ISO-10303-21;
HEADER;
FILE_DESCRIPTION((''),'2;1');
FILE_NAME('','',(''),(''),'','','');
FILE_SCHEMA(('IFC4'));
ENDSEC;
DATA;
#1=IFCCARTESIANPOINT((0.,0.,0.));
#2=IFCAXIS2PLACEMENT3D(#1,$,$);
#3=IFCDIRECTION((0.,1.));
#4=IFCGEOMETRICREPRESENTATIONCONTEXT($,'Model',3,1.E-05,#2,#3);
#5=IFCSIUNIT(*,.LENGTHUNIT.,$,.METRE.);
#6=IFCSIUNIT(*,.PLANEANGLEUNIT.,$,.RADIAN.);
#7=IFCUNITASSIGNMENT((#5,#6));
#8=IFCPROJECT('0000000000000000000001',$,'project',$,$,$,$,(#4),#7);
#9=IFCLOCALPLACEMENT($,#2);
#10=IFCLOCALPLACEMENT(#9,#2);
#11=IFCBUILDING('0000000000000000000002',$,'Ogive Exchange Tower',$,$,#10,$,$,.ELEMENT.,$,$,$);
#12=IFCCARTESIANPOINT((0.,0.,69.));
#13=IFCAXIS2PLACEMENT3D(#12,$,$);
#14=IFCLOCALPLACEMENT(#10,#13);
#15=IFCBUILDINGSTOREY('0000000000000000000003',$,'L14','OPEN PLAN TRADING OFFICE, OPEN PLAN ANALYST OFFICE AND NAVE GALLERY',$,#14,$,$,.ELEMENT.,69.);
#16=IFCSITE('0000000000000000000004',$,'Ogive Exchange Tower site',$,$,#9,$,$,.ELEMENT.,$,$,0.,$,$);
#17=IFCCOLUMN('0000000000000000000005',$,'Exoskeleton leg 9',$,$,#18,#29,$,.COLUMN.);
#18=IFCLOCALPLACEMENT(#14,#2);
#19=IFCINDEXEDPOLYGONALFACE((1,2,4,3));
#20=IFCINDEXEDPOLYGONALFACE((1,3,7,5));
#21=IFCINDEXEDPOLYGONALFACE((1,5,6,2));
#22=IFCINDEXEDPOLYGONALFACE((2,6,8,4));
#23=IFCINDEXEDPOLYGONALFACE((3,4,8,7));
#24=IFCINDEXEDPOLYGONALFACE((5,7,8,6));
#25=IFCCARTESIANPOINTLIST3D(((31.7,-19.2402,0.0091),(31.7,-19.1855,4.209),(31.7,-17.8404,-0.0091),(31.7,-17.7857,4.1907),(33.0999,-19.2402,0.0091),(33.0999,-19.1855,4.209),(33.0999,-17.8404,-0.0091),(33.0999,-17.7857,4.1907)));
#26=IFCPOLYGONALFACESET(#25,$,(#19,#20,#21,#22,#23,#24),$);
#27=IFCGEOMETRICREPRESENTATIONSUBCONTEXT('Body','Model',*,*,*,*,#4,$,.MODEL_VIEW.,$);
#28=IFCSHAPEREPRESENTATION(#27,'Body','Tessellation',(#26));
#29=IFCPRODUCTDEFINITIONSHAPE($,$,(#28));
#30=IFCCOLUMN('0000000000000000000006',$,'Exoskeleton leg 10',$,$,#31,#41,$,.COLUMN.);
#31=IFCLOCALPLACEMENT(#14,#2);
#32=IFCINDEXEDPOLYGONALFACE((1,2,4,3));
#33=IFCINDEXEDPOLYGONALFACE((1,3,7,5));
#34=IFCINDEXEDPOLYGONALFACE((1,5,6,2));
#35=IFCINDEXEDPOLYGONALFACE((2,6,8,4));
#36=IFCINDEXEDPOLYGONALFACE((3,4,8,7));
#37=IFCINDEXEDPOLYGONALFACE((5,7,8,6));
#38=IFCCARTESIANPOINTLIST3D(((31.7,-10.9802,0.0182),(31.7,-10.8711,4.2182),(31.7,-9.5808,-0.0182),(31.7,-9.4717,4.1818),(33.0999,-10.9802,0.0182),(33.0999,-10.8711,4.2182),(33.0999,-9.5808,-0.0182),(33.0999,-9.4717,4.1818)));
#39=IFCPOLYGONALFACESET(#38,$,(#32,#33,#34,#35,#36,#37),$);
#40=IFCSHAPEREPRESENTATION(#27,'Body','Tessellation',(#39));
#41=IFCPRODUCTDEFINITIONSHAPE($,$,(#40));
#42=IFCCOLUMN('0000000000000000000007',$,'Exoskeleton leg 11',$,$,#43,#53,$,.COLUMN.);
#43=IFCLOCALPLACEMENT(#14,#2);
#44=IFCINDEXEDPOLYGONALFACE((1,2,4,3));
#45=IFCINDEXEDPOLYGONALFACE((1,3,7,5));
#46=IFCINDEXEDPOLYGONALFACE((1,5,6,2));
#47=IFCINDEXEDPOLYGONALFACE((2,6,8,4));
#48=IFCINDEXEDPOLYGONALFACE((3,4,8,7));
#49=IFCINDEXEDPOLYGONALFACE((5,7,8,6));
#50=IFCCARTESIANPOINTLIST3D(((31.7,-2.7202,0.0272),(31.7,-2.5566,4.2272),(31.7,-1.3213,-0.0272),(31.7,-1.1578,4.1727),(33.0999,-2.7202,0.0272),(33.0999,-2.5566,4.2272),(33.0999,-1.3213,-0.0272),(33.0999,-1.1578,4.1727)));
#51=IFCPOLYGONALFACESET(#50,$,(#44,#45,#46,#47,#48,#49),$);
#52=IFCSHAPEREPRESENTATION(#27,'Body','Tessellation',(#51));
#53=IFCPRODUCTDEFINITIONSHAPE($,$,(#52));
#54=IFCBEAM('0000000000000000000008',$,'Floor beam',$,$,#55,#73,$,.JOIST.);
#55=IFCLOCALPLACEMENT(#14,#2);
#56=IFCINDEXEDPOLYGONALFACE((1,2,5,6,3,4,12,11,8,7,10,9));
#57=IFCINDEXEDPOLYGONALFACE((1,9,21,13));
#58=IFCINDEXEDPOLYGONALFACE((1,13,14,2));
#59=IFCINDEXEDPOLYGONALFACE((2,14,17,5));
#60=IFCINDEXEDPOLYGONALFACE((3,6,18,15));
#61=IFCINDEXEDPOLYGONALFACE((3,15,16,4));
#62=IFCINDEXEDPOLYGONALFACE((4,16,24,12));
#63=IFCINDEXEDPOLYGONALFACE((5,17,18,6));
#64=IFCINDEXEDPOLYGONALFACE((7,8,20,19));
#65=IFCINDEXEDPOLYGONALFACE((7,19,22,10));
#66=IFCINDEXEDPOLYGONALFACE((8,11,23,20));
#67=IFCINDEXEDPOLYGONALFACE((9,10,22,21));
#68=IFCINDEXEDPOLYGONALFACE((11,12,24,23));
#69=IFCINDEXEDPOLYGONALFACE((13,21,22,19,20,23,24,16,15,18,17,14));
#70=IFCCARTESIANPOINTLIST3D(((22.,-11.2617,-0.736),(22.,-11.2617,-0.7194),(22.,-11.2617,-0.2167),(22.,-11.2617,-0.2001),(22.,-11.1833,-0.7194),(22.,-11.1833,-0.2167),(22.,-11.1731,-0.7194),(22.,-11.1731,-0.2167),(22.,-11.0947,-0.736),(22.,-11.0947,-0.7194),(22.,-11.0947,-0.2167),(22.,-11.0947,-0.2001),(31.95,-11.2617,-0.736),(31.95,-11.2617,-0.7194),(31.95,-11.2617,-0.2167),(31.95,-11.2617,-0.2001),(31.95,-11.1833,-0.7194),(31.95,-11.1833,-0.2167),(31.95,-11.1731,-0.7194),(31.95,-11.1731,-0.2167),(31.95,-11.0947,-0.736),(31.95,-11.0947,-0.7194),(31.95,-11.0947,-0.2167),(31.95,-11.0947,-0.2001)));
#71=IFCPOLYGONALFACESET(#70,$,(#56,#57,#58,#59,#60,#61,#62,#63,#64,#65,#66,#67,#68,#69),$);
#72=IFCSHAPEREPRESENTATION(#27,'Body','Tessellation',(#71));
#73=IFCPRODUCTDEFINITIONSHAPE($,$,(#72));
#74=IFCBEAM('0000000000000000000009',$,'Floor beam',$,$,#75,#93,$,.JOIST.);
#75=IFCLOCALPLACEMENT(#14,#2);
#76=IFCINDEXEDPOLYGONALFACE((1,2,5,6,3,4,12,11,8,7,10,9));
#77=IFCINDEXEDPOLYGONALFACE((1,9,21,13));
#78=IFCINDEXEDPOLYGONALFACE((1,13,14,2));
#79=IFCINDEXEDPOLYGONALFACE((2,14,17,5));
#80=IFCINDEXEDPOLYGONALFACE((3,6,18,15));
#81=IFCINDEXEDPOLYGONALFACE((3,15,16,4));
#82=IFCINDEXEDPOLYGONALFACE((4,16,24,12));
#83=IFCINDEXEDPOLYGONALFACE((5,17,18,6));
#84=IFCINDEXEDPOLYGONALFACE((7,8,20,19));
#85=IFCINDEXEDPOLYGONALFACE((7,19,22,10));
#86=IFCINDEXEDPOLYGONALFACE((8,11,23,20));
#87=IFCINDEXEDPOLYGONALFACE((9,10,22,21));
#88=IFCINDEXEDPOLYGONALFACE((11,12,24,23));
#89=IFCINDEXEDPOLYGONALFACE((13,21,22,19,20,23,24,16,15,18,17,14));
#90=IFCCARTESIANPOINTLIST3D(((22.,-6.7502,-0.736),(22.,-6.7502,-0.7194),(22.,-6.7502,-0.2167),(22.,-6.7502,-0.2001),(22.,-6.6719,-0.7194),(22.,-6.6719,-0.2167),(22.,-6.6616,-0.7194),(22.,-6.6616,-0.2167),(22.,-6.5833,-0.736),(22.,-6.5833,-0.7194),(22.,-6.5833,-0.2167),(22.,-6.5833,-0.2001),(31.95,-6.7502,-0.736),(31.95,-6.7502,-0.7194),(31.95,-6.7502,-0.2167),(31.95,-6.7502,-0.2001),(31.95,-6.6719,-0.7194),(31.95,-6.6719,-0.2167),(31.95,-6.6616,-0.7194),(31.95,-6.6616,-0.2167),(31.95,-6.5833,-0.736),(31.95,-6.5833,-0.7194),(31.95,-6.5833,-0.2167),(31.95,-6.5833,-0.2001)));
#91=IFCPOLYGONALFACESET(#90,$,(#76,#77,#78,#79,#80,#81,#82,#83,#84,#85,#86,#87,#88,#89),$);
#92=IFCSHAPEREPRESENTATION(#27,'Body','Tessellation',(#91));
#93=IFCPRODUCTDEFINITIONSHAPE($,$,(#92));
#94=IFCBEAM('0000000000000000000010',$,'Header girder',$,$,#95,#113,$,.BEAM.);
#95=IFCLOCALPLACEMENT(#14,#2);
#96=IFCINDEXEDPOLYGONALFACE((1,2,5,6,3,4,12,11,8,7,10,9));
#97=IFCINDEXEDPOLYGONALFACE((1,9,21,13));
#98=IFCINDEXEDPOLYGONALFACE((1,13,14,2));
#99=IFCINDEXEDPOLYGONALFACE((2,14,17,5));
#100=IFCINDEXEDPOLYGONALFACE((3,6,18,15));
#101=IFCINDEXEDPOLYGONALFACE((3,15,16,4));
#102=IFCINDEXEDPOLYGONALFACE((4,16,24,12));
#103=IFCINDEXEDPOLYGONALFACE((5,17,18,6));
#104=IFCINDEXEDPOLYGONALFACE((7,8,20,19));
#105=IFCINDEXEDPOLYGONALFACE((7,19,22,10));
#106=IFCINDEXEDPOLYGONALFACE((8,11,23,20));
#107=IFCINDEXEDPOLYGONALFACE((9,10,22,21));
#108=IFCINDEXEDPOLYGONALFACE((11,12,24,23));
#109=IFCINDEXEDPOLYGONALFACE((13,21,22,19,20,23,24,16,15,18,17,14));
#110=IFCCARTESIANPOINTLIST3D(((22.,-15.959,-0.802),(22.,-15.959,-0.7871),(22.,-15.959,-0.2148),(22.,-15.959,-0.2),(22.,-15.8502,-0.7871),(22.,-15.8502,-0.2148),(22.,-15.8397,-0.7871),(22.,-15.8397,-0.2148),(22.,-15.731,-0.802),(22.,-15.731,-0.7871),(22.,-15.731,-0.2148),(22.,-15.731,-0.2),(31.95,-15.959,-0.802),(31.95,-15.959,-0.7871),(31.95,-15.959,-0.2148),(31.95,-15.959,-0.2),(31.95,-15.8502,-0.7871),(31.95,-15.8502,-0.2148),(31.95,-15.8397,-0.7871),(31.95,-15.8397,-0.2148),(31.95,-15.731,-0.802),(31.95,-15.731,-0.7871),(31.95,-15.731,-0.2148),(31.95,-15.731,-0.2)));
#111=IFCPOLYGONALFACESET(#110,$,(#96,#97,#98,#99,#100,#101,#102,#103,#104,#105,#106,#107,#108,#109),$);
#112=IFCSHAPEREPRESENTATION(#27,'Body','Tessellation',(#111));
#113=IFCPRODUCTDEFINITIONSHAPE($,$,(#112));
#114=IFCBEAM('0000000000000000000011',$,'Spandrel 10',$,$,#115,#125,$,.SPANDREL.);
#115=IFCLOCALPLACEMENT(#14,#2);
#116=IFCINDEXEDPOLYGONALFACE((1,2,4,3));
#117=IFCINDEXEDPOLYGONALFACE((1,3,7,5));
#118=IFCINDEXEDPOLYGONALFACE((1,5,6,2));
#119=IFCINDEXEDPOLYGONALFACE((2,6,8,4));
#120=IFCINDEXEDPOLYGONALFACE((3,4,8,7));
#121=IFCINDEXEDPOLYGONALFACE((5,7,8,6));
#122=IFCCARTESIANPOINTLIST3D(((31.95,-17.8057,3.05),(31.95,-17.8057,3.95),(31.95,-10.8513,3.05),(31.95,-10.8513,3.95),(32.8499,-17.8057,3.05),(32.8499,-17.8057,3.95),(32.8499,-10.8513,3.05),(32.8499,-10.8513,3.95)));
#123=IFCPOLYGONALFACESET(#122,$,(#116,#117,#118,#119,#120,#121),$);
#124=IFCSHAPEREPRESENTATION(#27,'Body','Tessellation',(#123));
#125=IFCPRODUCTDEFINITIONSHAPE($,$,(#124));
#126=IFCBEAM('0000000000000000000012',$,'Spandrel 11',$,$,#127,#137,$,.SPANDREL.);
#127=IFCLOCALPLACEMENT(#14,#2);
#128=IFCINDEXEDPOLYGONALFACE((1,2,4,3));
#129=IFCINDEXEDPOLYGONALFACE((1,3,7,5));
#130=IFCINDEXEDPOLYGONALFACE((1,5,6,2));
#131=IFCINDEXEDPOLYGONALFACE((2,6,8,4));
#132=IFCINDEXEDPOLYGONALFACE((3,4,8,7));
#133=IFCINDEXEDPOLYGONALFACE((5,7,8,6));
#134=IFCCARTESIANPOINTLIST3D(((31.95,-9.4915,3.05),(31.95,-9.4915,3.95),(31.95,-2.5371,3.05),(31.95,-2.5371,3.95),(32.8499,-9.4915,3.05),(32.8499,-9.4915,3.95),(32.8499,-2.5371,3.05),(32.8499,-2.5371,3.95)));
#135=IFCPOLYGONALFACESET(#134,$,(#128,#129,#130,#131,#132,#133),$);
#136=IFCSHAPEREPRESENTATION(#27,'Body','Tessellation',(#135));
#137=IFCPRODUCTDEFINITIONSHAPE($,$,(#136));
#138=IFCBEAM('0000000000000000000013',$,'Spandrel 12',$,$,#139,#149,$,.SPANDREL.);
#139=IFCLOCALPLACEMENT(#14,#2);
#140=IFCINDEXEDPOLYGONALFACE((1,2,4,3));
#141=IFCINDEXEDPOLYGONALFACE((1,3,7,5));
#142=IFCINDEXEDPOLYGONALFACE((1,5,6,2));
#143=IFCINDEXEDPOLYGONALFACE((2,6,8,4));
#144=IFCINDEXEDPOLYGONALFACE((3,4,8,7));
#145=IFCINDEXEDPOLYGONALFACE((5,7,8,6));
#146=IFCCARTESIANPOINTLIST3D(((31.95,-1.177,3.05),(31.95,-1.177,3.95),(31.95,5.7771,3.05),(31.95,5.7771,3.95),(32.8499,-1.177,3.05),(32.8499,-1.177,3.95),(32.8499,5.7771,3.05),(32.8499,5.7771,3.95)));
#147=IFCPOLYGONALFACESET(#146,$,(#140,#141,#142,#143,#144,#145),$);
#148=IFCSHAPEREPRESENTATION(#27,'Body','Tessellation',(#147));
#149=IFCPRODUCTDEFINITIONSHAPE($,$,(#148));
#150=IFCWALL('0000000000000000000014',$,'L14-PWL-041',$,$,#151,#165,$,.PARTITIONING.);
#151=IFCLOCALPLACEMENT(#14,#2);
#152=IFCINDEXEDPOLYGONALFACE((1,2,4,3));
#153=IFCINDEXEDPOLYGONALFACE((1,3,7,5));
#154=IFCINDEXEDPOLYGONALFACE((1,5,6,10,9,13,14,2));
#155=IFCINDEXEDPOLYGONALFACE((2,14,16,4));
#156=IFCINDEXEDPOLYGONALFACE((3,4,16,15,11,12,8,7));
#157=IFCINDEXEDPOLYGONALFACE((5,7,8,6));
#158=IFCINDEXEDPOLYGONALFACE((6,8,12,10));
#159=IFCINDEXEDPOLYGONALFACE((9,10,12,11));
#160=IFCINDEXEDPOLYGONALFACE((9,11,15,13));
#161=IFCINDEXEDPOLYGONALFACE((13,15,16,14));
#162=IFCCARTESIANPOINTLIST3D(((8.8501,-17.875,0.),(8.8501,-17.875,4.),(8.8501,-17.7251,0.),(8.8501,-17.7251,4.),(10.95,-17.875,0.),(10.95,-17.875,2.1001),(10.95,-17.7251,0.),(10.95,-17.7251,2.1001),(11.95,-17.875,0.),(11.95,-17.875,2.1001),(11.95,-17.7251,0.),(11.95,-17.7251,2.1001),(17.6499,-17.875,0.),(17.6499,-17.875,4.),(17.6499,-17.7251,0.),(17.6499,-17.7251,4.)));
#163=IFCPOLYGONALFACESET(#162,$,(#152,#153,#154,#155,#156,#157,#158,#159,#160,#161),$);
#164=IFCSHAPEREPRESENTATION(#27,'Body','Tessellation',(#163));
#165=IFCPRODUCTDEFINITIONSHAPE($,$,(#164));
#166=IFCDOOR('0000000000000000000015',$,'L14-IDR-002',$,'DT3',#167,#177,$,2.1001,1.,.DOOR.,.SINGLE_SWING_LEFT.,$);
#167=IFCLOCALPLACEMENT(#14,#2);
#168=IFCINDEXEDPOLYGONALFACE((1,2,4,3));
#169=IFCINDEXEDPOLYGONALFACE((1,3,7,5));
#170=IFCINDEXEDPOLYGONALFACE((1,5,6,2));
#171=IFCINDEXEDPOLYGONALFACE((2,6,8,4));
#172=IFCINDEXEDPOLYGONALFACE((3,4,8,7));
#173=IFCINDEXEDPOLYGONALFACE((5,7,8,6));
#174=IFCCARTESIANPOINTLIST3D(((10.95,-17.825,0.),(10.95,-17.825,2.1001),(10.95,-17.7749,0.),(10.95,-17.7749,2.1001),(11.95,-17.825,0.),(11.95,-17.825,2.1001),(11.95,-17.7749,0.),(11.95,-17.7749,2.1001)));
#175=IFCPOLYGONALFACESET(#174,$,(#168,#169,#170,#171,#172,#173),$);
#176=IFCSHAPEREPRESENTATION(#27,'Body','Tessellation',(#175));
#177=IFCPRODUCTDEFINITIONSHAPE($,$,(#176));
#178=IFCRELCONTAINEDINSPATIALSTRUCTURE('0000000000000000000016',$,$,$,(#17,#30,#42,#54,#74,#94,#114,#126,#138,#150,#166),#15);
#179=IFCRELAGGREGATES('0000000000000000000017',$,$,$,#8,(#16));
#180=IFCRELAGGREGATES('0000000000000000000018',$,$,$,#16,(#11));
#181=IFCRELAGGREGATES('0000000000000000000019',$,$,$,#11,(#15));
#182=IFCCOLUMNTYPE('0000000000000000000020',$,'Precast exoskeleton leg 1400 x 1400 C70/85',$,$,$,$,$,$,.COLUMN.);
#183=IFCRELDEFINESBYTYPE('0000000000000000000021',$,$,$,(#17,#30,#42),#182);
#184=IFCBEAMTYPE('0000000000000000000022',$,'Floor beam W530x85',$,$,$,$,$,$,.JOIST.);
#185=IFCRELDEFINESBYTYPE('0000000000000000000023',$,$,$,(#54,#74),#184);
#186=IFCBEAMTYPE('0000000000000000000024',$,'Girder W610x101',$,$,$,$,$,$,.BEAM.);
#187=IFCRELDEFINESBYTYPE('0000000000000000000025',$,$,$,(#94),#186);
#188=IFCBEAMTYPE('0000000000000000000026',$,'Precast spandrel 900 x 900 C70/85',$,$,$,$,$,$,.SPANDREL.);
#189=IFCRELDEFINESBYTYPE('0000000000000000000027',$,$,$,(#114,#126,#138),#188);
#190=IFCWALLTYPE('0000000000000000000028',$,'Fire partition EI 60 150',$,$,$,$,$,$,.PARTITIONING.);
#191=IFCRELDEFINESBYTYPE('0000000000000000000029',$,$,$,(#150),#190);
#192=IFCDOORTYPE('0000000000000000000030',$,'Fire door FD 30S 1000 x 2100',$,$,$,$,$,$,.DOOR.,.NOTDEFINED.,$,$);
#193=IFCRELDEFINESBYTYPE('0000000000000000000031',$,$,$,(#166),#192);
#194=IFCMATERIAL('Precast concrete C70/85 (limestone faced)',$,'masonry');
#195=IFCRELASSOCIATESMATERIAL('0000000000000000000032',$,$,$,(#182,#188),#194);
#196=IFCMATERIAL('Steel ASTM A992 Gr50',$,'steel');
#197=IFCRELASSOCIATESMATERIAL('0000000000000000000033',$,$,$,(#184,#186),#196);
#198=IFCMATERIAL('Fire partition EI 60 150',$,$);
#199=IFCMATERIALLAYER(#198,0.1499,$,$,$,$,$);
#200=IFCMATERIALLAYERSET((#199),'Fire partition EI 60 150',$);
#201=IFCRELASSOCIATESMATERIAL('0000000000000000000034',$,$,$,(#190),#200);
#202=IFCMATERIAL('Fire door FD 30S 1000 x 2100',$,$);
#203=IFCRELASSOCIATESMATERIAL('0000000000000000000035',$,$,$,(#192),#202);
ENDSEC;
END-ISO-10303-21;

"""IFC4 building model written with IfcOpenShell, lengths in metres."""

from ifc_helpers import new_model, si_unit, direction, frame, frame_2d, origin, origin_2d, place, context, subcontext, project, spatial, rectangle, i_section, extrude, material, layer, layer_set, material_profile, profile_set, type_object, element, fill, save


model = new_model("IFC4")

# Units and contexts
model_context = context("Model", 3, precision=1e-05, world=origin(), true_north=direction((0.0, 1.0)))
body_context = subcontext(model_context, "Body", "Model", "MODEL_VIEW")
ifc_project = project(units=[si_unit("LENGTHUNIT", "METRE"), si_unit("PLANEANGLEUNIT", "RADIAN")], contexts=[model_context])

# Site, building, storey
site_placement = place(None, origin())
site = spatial("IfcSite", under=ifc_project, at=site_placement, Name="Ogive Exchange Tower site", CompositionType="ELEMENT", RefElevation=0.0)
building_placement = place(site_placement, origin())
building = spatial("IfcBuilding", under=site, at=building_placement, Name="Ogive Exchange Tower", CompositionType="ELEMENT")
storey_placement = place(building_placement, frame((0.0, 0.0, 69.0)))
storey = spatial("IfcBuildingStorey", under=building, at=storey_placement, Name="L14", Description="OPEN PLAN TRADING OFFICE, OPEN PLAN ANALYST OFFICE AND NAVE GALLERY", CompositionType="ELEMENT", Elevation=69.0)

# Columns
ifc_material_1 = material(Name="Precast concrete C70/85 (limestone faced)", Category="masonry")
ifc_material_profile_1 = material_profile(ifc_material_1, rectangle(XDim=1.3999, YDim=1.3999, at=origin_2d()), Name="1400 x 1400")
ifc_profile_set_1 = profile_set([ifc_material_profile_1], Name="Precast concrete C70/85 (limestone faced)")
column_type = type_object("IfcColumnType", Name="Precast exoskeleton leg 1400 x 1400 C70/85", PredefinedType="COLUMN", material=ifc_profile_set_1)
column_1_placement = place(storey_placement, frame((32.3999, -18.5403, 0.0), z_axis=(0.0, 0.01302, 0.999915), x_axis=(-1.0, 0.0, 0.0)))
element("IfcColumn", 1, at=column_1_placement, inside=storey, type_object=column_type, Name="Exoskeleton leg 9", PredefinedType="COLUMN", context=body_context, shape_type="SweptSolid", body=[
    extrude(rectangle(XDim=1.3999, YDim=1.3999, at=origin_2d()), origin(), (0.0, 0.0, 1.0), 4.2002),
])
column_2_placement = place(storey_placement, frame((32.3999, -10.2805, 0.0), z_axis=(0.0, 0.025975, 0.999663), x_axis=(-1.0, 0.0, 0.0)))
element("IfcColumn", 2, at=column_2_placement, inside=storey, type_object=column_type, Name="Exoskeleton leg 10", PredefinedType="COLUMN", context=body_context, shape_type="SweptSolid", body=[
    extrude(rectangle(XDim=1.3999, YDim=1.3999, at=origin_2d()), origin(), (0.0, 0.0, 1.0), 4.2014),
])
column_3_placement = place(storey_placement, frame((32.3999, -2.0208, 0.0), z_axis=(0.0, 0.038917, 0.999242), x_axis=(-1.0, 0.0, 0.0)))
element("IfcColumn", 3, at=column_3_placement, inside=storey, type_object=column_type, Name="Exoskeleton leg 11", PredefinedType="COLUMN", context=body_context, shape_type="SweptSolid", body=[
    extrude(rectangle(XDim=1.3999, YDim=1.3999, at=origin_2d()), origin(), (0.0, 0.0, 1.0), 4.2031),
])

# Beams
ifc_material_2 = material(Name="Steel ASTM A992 Gr50", Category="steel")
ifc_material_profile_2 = material_profile(ifc_material_2, i_section(OverallWidth=0.167, OverallDepth=0.5359, WebThickness=0.0103, FlangeThickness=0.0166, at=origin_2d()), Name="W530x85")
ifc_profile_set_2 = profile_set([ifc_material_profile_2], Name="Steel ASTM A992 Gr50")
beam_type_1 = type_object("IfcBeamType", Name="Floor beam W530x85", PredefinedType="JOIST", material=ifc_profile_set_2)
for number, where, z_axis, x_axis, name in (
    (4, (22.0, -11.1782, -0.468), (1.0, 0.0, 0.0), (0.0, 1.0, 0.0), "Floor beam"),
    (5, (22.0, -6.6667, -0.468), (1.0, 0.0, 0.0), (0.0, 1.0, 0.0), "Floor beam"),
):
    element("IfcBeam", number, at=place(storey_placement, frame(where, z_axis=z_axis, x_axis=x_axis)), inside=storey, type_object=beam_type_1, Name=name, PredefinedType="JOIST", context=body_context, shape_type="SweptSolid", body=[
        extrude(i_section(OverallWidth=0.167, OverallDepth=0.5359, WebThickness=0.0103, FlangeThickness=0.0166, at=origin_2d()), origin(), (0.0, 0.0, 1.0), 9.95),
    ])
ifc_material_profile_3 = material_profile(ifc_material_2, i_section(OverallWidth=0.228, OverallDepth=0.6021, WebThickness=0.0105, FlangeThickness=0.0149, at=origin_2d()), Name="W610x101")
ifc_profile_set_3 = profile_set([ifc_material_profile_3], Name="Steel ASTM A992 Gr50")
beam_type_2 = type_object("IfcBeamType", Name="Girder W610x101", PredefinedType="BEAM", material=ifc_profile_set_3)
beam_1_placement = place(storey_placement, frame((22.0, -15.845, -0.501), z_axis=(1.0, 0.0, 0.0), x_axis=(0.0, 1.0, 0.0)))
element("IfcBeam", 6, at=beam_1_placement, inside=storey, type_object=beam_type_2, Name="Header girder", PredefinedType="BEAM", context=body_context, shape_type="SweptSolid", body=[
    extrude(i_section(OverallWidth=0.228, OverallDepth=0.6021, WebThickness=0.0105, FlangeThickness=0.0149, at=origin_2d()), origin(), (0.0, 0.0, 1.0), 9.95),
])
ifc_material_profile_4 = material_profile(ifc_material_1, rectangle(XDim=0.8999, YDim=0.8999, at=origin_2d()), Name="900 x 900")
ifc_profile_set_4 = profile_set([ifc_material_profile_4], Name="Precast concrete C70/85 (limestone faced)")
beam_type_3 = type_object("IfcBeamType", Name="Precast spandrel 900 x 900 C70/85", PredefinedType="SPANDREL", material=ifc_profile_set_4)
for number, where, z_axis, x_axis, name in (
    (7, (32.3999, -17.8057, 3.5), (0.0, 1.0, 0.0), (-1.0, 0.0, 0.0), "Spandrel 10"),
    (8, (32.3999, -9.4915, 3.5), (0.0, 1.0, 0.0), (-1.0, 0.0, 0.0), "Spandrel 11"),
):
    element("IfcBeam", number, at=place(storey_placement, frame(where, z_axis=z_axis, x_axis=x_axis)), inside=storey, type_object=beam_type_3, Name=name, PredefinedType="SPANDREL", context=body_context, shape_type="SweptSolid", body=[
        extrude(rectangle(XDim=0.8999, YDim=0.8999, at=origin_2d()), origin(), (0.0, 0.0, 1.0), 6.9543),
    ])
beam_2_placement = place(storey_placement, frame((32.3999, -1.177, 3.5), z_axis=(0.0, 1.0, 0.0), x_axis=(-1.0, 0.0, 0.0)))
element("IfcBeam", 9, at=beam_2_placement, inside=storey, type_object=beam_type_3, Name="Spandrel 12", PredefinedType="SPANDREL", context=body_context, shape_type="SweptSolid", body=[
    extrude(rectangle(XDim=0.8999, YDim=0.8999, at=origin_2d()), origin(), (0.0, 0.0, 1.0), 6.9541),
])

# Wall, opening, door
ifc_material_3 = material(Name="Fire partition EI 60 150")
ifc_layer_1 = layer(ifc_material_3, 0.1499)
ifc_layer_set_1 = layer_set([ifc_layer_1], Name="Fire partition EI 60 150")
wall_type_1 = type_object("IfcWallType", Name="Fire partition EI 60 150", PredefinedType="PARTITIONING", material=ifc_layer_set_1)
wall_1_placement = place(storey_placement, frame((17.6499, -17.8, 0.0), z_axis=(0.0, 0.0, 1.0), x_axis=(-1.0, 0.0, 0.0)))
wall_1 = element("IfcWall", 10, at=wall_1_placement, inside=storey, type_object=wall_type_1, Name="L14-PWL-041", PredefinedType="PARTITIONING", context=body_context, shape_type="SweptSolid", body=[
    extrude(rectangle(XDim=8.7998, YDim=0.1499, at=frame_2d((4.3999, 0.0))), origin(), (0.0, 0.0, 1.0), 4.0),
])
opening_1_placement = place(wall_1_placement, frame((5.7, 0.0, 0.0)))
opening_1 = element("IfcOpeningElement", 11, at=opening_1_placement, cuts=wall_1, PredefinedType="OPENING", context=body_context, shape_type="SweptSolid", body=[
    extrude(rectangle(XDim=1.0, YDim=2.1001, at=frame_2d((0.5, 1.05))), frame((0.0, 0.085, 0.0), z_axis=(0.0, -1.0, 0.0), x_axis=(1.0, 0.0, 0.0)), (0.0, 0.0, 1.0), 0.1699),
])
ifc_material_4 = material(Name="Fire door FD 30S 1000 x 2100")
door_type_1 = type_object("IfcDoorType", Name="Fire door FD 30S 1000 x 2100", OperationType="NOTDEFINED", PredefinedType="DOOR", material=ifc_material_4)
door_1_placement = place(opening_1_placement, origin())
door_1 = element("IfcDoor", 12, at=door_1_placement, inside=storey, type_object=door_type_1, Name="L14-IDR-002", ObjectType="DT3", OperationType="SINGLE_SWING_LEFT", OverallHeight=2.1001, OverallWidth=1.0, PredefinedType="DOOR", context=body_context, shape_type="SweptSolid", body=[
    extrude(rectangle(XDim=1.0, YDim=2.1001, at=frame_2d((0.5, 1.05))), frame((0.0, 0.0249, 0.0), z_axis=(0.0, -1.0, 0.0), x_axis=(1.0, 0.0, 0.0)), (0.0, 0.0, 1.0), 0.05),
])
fill(opening_1, door_1)

save(model, "model.ifc")
